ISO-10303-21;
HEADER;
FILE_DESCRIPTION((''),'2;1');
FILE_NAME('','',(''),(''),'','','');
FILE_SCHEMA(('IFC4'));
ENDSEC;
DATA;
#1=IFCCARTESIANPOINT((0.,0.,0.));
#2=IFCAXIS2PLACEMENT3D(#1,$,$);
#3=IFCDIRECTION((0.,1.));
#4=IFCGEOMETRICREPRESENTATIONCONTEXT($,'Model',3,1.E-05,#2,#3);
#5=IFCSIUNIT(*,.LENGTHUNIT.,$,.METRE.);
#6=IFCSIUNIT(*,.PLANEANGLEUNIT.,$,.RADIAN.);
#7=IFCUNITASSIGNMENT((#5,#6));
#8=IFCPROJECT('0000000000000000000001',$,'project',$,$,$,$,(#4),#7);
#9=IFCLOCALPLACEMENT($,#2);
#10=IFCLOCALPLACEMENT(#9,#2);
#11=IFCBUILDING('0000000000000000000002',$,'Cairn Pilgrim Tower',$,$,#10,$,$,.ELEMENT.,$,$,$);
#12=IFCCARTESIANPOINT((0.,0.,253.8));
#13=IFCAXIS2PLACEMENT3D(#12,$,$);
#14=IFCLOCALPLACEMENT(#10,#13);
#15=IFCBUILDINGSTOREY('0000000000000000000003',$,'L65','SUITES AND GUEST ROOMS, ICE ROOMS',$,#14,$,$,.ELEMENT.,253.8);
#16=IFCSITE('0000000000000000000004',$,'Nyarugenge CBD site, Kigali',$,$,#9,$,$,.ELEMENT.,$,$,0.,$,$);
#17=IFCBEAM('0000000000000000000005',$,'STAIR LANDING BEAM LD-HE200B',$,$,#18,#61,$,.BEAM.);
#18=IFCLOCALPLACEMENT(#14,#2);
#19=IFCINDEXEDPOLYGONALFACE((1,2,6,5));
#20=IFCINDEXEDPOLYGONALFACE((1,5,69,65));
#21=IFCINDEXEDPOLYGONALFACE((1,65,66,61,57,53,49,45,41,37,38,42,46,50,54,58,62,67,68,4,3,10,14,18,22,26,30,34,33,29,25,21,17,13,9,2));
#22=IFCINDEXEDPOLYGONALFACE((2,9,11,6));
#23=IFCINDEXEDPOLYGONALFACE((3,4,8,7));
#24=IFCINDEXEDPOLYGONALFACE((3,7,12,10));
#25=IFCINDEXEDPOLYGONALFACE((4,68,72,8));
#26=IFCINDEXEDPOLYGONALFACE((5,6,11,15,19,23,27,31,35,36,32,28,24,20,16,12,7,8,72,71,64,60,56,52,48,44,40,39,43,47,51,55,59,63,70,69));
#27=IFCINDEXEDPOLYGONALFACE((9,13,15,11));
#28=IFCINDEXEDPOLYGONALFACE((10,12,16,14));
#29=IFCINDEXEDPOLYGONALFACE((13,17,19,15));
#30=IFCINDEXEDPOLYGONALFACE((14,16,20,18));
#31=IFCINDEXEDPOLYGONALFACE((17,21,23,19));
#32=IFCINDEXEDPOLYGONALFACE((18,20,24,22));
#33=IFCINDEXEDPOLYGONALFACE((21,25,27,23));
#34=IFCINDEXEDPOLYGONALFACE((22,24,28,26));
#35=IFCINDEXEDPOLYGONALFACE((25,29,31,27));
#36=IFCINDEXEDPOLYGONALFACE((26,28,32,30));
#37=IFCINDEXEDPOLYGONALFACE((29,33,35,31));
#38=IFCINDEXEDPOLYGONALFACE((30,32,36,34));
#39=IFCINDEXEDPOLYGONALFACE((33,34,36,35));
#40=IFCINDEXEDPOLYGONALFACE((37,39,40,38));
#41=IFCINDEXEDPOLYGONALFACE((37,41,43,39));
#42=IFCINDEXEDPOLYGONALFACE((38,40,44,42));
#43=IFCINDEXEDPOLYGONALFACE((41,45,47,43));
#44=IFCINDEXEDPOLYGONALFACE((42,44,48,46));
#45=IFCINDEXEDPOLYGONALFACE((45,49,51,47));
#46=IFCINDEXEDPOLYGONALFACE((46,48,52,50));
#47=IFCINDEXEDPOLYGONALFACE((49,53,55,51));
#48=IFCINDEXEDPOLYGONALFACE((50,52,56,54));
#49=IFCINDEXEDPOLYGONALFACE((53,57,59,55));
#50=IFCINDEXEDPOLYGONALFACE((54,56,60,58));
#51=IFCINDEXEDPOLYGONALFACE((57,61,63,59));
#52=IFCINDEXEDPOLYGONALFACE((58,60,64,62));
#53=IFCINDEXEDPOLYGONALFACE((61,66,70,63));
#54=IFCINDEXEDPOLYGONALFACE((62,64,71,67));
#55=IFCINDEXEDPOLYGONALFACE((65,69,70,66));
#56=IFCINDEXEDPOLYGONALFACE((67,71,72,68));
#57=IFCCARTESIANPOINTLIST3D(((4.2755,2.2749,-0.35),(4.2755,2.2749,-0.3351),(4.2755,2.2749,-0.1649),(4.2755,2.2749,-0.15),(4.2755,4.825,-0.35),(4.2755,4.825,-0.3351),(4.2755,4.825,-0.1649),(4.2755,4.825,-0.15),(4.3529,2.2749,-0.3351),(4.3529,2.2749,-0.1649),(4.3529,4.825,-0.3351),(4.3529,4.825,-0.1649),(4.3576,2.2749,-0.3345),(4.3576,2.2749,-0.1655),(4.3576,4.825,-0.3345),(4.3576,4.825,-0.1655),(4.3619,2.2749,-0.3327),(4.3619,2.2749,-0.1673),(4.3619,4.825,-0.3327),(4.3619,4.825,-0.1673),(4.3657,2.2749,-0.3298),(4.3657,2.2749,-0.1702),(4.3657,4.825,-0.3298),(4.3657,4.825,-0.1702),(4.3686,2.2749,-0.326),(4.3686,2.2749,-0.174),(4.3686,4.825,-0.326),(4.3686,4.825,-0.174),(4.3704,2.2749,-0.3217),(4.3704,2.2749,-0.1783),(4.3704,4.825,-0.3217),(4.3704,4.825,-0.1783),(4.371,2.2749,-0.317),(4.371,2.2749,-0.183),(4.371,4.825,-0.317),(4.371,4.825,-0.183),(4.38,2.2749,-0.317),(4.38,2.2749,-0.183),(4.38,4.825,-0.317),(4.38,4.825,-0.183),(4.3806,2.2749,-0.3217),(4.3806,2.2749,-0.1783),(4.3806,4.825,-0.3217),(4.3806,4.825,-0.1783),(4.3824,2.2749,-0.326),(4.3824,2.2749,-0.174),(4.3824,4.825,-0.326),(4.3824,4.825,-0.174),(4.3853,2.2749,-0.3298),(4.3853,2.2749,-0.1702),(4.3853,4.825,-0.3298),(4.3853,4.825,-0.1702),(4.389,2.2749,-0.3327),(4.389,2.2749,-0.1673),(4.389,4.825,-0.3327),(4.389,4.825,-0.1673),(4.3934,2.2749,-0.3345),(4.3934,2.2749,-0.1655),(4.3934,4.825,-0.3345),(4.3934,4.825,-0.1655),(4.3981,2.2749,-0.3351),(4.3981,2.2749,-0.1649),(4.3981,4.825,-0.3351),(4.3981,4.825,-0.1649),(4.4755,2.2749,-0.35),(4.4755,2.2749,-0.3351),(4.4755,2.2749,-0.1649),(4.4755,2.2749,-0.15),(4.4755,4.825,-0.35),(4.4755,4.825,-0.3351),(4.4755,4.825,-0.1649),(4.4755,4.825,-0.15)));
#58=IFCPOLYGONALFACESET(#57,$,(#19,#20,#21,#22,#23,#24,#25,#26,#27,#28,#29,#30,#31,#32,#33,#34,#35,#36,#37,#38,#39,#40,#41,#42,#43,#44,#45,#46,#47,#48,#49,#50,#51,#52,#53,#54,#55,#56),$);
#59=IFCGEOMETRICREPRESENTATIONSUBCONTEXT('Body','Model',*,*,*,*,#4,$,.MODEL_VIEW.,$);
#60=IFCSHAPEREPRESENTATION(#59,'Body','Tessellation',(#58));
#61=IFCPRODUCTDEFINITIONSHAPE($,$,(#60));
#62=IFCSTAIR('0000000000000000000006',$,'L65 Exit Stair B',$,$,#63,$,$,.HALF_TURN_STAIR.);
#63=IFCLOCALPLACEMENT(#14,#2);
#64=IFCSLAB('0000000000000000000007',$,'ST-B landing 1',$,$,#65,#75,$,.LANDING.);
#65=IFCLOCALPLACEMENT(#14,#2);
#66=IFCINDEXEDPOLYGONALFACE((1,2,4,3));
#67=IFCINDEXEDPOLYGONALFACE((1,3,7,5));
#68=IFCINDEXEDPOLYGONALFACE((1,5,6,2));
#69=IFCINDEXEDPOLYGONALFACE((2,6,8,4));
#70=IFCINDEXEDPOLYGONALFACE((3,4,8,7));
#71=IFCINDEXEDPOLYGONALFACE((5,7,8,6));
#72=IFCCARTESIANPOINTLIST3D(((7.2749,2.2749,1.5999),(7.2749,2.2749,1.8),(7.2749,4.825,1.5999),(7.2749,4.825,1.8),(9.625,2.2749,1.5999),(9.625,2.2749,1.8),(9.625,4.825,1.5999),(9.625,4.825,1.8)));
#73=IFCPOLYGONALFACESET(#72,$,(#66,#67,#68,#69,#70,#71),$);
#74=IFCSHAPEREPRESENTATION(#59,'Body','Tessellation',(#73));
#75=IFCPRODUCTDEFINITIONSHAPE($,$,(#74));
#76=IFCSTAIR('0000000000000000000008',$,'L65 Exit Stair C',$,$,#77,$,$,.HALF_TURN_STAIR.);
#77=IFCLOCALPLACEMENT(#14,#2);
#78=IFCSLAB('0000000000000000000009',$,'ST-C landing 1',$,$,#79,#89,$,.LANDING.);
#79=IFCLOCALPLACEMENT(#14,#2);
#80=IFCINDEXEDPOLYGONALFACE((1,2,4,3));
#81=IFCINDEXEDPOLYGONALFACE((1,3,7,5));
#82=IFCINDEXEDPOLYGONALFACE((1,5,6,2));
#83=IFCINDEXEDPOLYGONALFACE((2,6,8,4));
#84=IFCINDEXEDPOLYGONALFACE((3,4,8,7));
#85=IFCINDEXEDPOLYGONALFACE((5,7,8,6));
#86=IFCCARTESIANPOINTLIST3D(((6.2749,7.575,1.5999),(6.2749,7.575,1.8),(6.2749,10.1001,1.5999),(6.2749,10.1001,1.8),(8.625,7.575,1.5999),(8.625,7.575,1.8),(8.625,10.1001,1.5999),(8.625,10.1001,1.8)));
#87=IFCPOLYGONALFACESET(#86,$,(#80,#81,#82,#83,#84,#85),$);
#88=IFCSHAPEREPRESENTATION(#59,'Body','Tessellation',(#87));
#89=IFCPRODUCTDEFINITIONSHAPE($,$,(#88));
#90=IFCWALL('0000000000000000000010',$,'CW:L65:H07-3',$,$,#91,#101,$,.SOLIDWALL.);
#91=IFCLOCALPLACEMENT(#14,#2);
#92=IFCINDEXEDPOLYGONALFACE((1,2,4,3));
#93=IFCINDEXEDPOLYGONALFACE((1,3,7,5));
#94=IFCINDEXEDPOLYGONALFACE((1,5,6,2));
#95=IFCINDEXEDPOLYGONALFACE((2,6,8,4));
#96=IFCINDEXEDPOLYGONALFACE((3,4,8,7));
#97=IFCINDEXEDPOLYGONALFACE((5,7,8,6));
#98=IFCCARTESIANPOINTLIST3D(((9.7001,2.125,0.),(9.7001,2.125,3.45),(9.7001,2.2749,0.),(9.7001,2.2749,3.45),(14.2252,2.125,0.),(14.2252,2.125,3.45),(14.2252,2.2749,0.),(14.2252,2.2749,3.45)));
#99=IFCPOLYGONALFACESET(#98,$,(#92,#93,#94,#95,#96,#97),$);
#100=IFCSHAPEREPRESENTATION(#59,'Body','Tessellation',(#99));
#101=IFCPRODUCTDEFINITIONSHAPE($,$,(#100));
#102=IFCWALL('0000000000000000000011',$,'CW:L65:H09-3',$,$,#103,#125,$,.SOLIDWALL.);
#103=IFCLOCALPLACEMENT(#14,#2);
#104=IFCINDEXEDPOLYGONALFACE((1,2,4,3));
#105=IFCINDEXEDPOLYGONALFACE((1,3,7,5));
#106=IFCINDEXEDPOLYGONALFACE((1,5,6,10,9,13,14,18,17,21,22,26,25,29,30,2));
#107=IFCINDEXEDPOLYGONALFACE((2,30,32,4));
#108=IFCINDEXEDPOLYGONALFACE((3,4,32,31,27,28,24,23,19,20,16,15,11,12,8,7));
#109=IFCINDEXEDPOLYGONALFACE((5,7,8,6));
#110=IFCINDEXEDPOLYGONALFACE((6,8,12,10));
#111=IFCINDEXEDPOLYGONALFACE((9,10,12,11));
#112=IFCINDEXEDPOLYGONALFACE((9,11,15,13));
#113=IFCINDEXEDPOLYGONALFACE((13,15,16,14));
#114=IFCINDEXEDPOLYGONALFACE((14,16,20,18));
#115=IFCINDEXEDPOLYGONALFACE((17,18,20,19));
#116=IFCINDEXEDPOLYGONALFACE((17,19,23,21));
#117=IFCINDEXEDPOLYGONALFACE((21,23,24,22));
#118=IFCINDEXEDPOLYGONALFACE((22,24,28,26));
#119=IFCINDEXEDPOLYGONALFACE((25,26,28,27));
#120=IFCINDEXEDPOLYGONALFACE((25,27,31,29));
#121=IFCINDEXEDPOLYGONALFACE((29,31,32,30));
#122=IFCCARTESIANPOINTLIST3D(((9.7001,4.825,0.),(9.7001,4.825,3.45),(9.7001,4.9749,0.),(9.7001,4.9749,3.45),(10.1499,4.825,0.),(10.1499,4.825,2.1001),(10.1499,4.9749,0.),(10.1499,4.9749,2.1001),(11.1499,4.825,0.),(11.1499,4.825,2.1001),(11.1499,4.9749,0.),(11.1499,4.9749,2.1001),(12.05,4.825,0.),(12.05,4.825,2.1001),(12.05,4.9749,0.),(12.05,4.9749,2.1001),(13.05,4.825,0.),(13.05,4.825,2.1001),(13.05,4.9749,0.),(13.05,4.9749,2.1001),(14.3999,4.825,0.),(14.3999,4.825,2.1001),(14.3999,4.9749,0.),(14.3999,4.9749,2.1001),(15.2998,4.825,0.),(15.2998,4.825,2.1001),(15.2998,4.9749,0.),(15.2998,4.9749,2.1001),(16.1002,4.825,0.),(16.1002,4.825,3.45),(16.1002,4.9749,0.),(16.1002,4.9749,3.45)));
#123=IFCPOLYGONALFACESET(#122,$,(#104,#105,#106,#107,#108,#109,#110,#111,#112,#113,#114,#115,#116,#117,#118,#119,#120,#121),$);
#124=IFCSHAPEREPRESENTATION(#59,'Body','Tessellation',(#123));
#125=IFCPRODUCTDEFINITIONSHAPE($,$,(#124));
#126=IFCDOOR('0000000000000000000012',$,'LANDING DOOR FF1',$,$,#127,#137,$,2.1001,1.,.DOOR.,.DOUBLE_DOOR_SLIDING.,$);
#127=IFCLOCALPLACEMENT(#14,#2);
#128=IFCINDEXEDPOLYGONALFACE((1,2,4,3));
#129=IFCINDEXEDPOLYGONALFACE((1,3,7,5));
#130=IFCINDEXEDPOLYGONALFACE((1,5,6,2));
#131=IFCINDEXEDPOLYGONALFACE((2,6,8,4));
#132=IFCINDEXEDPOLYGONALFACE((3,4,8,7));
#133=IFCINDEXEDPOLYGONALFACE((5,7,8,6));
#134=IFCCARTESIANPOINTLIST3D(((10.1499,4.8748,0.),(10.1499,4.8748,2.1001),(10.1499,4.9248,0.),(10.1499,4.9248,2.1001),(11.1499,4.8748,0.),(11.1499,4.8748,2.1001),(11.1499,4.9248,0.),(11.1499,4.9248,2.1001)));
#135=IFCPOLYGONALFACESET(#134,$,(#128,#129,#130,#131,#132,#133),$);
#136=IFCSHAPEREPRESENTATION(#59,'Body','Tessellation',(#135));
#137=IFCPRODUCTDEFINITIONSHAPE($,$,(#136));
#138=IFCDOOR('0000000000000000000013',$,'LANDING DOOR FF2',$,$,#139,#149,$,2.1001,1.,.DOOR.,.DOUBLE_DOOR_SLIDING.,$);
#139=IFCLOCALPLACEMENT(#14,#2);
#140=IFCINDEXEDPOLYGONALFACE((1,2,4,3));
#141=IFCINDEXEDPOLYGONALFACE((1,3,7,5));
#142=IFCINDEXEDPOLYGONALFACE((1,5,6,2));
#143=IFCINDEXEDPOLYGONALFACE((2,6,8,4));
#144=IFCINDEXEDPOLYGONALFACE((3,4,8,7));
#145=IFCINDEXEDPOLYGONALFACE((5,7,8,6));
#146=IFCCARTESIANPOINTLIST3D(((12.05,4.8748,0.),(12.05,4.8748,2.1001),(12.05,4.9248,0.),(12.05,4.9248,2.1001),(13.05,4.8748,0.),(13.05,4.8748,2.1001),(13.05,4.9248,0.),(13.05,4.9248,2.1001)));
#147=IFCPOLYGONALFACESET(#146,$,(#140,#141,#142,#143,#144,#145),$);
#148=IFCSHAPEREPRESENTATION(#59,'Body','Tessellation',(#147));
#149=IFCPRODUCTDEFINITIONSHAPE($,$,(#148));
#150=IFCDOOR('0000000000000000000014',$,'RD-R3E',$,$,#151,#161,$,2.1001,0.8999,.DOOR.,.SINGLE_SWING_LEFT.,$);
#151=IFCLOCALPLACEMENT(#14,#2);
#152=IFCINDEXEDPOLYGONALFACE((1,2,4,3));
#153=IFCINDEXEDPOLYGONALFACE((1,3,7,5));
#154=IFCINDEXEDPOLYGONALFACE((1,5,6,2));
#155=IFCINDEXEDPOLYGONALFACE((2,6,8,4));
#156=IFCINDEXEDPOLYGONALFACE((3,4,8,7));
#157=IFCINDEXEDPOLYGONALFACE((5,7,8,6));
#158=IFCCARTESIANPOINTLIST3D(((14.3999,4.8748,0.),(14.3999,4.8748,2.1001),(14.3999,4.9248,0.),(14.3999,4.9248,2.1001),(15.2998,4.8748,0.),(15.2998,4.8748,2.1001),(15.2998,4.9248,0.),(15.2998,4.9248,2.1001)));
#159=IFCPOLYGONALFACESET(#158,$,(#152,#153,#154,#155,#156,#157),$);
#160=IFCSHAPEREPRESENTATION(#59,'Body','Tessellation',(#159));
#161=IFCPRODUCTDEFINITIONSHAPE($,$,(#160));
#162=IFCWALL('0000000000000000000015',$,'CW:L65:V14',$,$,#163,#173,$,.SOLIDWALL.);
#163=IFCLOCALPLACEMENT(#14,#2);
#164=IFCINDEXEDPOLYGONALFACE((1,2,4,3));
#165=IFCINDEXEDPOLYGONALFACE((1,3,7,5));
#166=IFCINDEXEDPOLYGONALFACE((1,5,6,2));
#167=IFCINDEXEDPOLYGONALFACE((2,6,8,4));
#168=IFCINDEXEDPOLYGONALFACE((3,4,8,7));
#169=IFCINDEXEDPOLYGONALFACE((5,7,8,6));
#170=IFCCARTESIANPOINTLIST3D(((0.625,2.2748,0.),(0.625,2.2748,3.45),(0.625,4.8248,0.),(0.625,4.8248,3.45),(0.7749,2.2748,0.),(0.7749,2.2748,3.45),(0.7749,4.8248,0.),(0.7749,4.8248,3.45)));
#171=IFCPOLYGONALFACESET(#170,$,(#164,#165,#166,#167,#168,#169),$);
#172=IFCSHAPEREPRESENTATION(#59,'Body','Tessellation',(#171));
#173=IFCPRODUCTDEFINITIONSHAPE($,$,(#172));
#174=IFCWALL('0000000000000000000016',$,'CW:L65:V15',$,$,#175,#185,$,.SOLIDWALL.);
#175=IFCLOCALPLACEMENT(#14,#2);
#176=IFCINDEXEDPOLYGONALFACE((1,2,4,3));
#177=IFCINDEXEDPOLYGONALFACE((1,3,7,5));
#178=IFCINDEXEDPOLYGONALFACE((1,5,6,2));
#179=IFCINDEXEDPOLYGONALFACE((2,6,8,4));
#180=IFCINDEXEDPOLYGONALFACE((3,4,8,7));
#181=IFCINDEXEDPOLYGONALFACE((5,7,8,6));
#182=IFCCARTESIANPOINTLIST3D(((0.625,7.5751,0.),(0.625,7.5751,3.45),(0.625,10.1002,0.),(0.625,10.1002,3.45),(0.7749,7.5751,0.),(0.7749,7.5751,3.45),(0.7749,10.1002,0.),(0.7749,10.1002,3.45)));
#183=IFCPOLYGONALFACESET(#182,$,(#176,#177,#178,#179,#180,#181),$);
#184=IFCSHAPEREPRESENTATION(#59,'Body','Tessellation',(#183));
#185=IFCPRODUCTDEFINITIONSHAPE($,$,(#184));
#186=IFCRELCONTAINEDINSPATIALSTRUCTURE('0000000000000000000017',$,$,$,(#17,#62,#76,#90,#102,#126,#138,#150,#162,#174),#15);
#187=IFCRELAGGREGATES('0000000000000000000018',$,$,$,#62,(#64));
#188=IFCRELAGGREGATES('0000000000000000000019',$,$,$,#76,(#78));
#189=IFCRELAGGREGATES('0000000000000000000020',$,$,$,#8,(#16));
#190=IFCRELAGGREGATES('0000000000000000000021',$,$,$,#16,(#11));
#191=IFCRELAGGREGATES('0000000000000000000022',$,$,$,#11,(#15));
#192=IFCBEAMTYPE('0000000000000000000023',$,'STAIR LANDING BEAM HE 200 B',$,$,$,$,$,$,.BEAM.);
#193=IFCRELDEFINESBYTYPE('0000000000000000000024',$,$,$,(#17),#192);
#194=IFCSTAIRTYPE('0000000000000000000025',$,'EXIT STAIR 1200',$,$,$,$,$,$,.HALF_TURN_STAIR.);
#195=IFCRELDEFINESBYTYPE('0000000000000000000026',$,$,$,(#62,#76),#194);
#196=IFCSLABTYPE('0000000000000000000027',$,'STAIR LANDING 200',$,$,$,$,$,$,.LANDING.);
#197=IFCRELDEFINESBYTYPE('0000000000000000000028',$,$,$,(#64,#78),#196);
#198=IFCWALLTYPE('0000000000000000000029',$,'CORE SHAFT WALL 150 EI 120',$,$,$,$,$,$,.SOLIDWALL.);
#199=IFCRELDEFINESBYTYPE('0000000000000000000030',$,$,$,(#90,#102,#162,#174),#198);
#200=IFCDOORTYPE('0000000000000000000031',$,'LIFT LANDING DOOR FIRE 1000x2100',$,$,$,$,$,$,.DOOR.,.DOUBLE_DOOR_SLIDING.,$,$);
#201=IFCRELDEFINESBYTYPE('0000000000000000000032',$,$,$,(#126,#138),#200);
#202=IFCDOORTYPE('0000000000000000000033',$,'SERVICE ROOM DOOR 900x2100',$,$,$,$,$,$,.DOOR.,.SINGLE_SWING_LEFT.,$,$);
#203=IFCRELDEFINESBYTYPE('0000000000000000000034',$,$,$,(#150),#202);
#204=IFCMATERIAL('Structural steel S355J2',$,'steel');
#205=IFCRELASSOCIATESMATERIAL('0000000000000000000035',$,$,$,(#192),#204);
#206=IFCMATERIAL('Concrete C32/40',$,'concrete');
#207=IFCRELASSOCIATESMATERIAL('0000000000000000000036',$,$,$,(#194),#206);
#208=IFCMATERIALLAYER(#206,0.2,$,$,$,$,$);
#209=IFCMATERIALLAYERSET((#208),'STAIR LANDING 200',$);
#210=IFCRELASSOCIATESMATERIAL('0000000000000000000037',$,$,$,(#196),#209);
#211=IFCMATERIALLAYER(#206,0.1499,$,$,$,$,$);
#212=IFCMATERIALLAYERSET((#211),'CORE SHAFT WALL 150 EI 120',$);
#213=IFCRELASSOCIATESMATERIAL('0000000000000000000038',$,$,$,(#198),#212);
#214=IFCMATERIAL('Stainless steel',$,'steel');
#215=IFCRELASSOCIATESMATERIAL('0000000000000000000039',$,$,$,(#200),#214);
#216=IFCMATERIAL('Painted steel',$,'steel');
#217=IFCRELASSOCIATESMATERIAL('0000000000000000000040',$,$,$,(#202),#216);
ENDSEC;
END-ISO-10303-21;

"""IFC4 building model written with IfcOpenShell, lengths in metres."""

from ifc_helpers import new_model, si_unit, direction, frame, frame_2d, origin, origin_2d, place, context, subcontext, project, spatial, polyline, rectangle, i_section, outline, extrude, material, layer, layer_set, material_profile, profile_set, type_object, element, fill, aggregate, save


model = new_model("IFC4")

# Units and contexts
model_context = context("Model", 3, precision=1e-05, world=origin(), true_north=direction((0.0, 1.0)))
body_context = subcontext(model_context, "Body", "Model", "MODEL_VIEW")
ifc_project = project(units=[si_unit("LENGTHUNIT", "METRE"), si_unit("PLANEANGLEUNIT", "RADIAN")], contexts=[model_context])

# Site, building, storey
site_placement = place(None, origin())
site = spatial("IfcSite", under=ifc_project, at=site_placement, Name="Nyarugenge CBD site, Kigali", CompositionType="ELEMENT", RefElevation=0.0)
building_placement = place(site_placement, origin())
building = spatial("IfcBuilding", under=site, at=building_placement, Name="Cairn Pilgrim Tower", CompositionType="ELEMENT")
storey_placement = place(building_placement, frame((0.0, 0.0, 253.8)))
storey = spatial("IfcBuildingStorey", under=building, at=storey_placement, Name="L65", Description="SUITES AND GUEST ROOMS, ICE ROOMS", CompositionType="ELEMENT", Elevation=253.8)

# Beam
ifc_material_1 = material(Name="Structural steel S355J2", Category="steel")
ifc_material_profile = material_profile(ifc_material_1, i_section(OverallWidth=0.2, OverallDepth=0.2, WebThickness=0.009, FlangeThickness=0.0149, FilletRadius=0.0181, at=origin_2d()), Name="HE 200 B")
ifc_profile_set = profile_set([ifc_material_profile], Name="Structural steel S355J2")
beam_type = type_object("IfcBeamType", Name="STAIR LANDING BEAM HE 200 B", PredefinedType="BEAM", material=ifc_profile_set)
beam_placement = place(storey_placement, frame((4.3755, 2.2749, -0.25), z_axis=(0.0, 1.0, 0.0), x_axis=(-1.0, 0.0, 0.0)))
element("IfcBeam", 1, at=beam_placement, inside=storey, type_object=beam_type, Name="STAIR LANDING BEAM LD-HE200B", PredefinedType="BEAM", context=body_context, shape_type="SweptSolid", body=[
    extrude(i_section(OverallWidth=0.2, OverallDepth=0.2, WebThickness=0.009, FlangeThickness=0.0149, FilletRadius=0.0181, at=origin_2d()), origin(), (0.0, 0.0, 1.0), 2.55),
])

# Stairs, slabs
ifc_material_2 = material(Name="Concrete C32/40", Category="concrete")
stair_type = type_object("IfcStairType", Name="EXIT STAIR 1200", PredefinedType="HALF_TURN_STAIR", material=ifc_material_2)
stair_1_placement = place(storey_placement, origin())
stair_1 = element("IfcStair", 2, at=stair_1_placement, inside=storey, type_object=stair_type, Name="L65 Exit Stair B", PredefinedType="HALF_TURN_STAIR")
ifc_layer_1 = layer(ifc_material_2, 0.2)
ifc_layer_set_1 = layer_set([ifc_layer_1], Name="STAIR LANDING 200")
slab_type = type_object("IfcSlabType", Name="STAIR LANDING 200", PredefinedType="LANDING", material=ifc_layer_set_1)
slab_1_placement = place(storey_placement, frame((0.0, 0.0, 1.5999)))
slab_1 = element("IfcSlab", 3, at=slab_1_placement, type_object=slab_type, Name="ST-B landing 1", PredefinedType="LANDING", context=body_context, shape_type="SweptSolid", body=[
    extrude(outline(polyline([(7.2749, 2.2749), (9.625, 2.2749), (9.625, 4.825), (7.2749, 4.825), (7.2749, 2.2749)])), origin(), (0.0, 0.0, 1.0), 0.2002),
])
stair_2_placement = place(storey_placement, origin())
stair_2 = element("IfcStair", 4, at=stair_2_placement, inside=storey, type_object=stair_type, Name="L65 Exit Stair C", PredefinedType="HALF_TURN_STAIR")
slab_2_placement = place(storey_placement, frame((0.0, 0.0, 1.5999)))
slab_2 = element("IfcSlab", 5, at=slab_2_placement, type_object=slab_type, Name="ST-C landing 1", PredefinedType="LANDING", context=body_context, shape_type="SweptSolid", body=[
    extrude(outline(polyline([(8.625, 10.1001), (6.2749, 10.1001), (6.2749, 7.575), (8.625, 7.575), (8.625, 10.1001)])), origin(), (0.0, 0.0, 1.0), 0.2002),
])

# Wall
ifc_layer_2 = layer(ifc_material_2, 0.1499)
ifc_layer_set_2 = layer_set([ifc_layer_2], Name="CORE SHAFT WALL 150 EI 120")
wall_type_1 = type_object("IfcWallType", Name="CORE SHAFT WALL 150 EI 120", PredefinedType="SOLIDWALL", material=ifc_layer_set_2)
wall_1_placement = place(storey_placement, frame((9.7, 2.2, 0.0), z_axis=(0.0, 0.0, 1.0), x_axis=(1.0, 0.0, 0.0)))
element("IfcWall", 6, at=wall_1_placement, inside=storey, type_object=wall_type_1, Name="CW:L65:H07-3", PredefinedType="SOLIDWALL", context=body_context, shape_type="SweptSolid", body=[
    extrude(rectangle(XDim=4.5251, YDim=0.1499, at=frame_2d((2.2627, 0.0))), origin(), (0.0, 0.0, 1.0), 3.45),
])

# Wall, openings, doors
wall_2_placement = place(storey_placement, frame((9.7, 4.8999, 0.0), z_axis=(0.0, 0.0, 1.0), x_axis=(1.0, 0.0, 0.0)))
wall_2 = element("IfcWall", 7, at=wall_2_placement, inside=storey, type_object=wall_type_1, Name="CW:L65:H09-3", PredefinedType="SOLIDWALL", context=body_context, shape_type="SweptSolid", body=[
    extrude(rectangle(XDim=6.4001, YDim=0.1499, at=frame_2d((3.2002, 0.0))), origin(), (0.0, 0.0, 1.0), 3.45),
])
opening_1_placement = place(wall_2_placement, frame((0.45, 0.0, 0.0)))
opening_1 = element("IfcOpeningElement", 8, at=opening_1_placement, cuts=wall_2, PredefinedType="OPENING", context=body_context, shape_type="SweptSolid", body=[
    extrude(rectangle(XDim=1.0, YDim=2.1001, at=frame_2d((0.5, 1.05))), frame((0.0, 0.085, 0.0), z_axis=(0.0, -1.0, 0.0), x_axis=(1.0, 0.0, 0.0)), (0.0, 0.0, 1.0), 0.1699),
])
opening_2_placement = place(wall_2_placement, frame((2.3501, 0.0, 0.0)))
opening_2 = element("IfcOpeningElement", 9, at=opening_2_placement, cuts=wall_2, PredefinedType="OPENING", context=body_context, shape_type="SweptSolid", body=[
    extrude(rectangle(XDim=1.0, YDim=2.1001, at=frame_2d((0.5, 1.05))), frame((0.0, 0.085, 0.0), z_axis=(0.0, -1.0, 0.0), x_axis=(1.0, 0.0, 0.0)), (0.0, 0.0, 1.0), 0.1699),
])
opening_3_placement = place(wall_2_placement, frame((4.7, 0.0, 0.0)))
opening_3 = element("IfcOpeningElement", 10, at=opening_3_placement, cuts=wall_2, PredefinedType="OPENING", context=body_context, shape_type="SweptSolid", body=[
    extrude(rectangle(XDim=0.8999, YDim=2.1001, at=frame_2d((0.45, 1.05))), frame((0.0, 0.085, 0.0), z_axis=(0.0, -1.0, 0.0), x_axis=(1.0, 0.0, 0.0)), (0.0, 0.0, 1.0), 0.1699),
])
ifc_material_3 = material(Name="Stainless steel", Category="steel")
door_type_1 = type_object("IfcDoorType", Name="LIFT LANDING DOOR FIRE 1000x2100", OperationType="DOUBLE_DOOR_SLIDING", PredefinedType="DOOR", material=ifc_material_3)
door_1_placement = place(opening_1_placement, origin())
door_1 = element("IfcDoor", 11, at=door_1_placement, inside=storey, type_object=door_type_1, Name="LANDING DOOR FF1", OperationType="DOUBLE_DOOR_SLIDING", OverallHeight=2.1001, OverallWidth=1.0, PredefinedType="DOOR", context=body_context, shape_type="SweptSolid", body=[
    extrude(rectangle(XDim=1.0, YDim=2.1001, at=frame_2d((0.5, 1.05))), frame((0.0, 0.0249, 0.0), z_axis=(0.0, -1.0, 0.0), x_axis=(1.0, 0.0, 0.0)), (0.0, 0.0, 1.0), 0.05),
])
fill(opening_1, door_1)
door_2_placement = place(opening_2_placement, origin())
door_2 = element("IfcDoor", 12, at=door_2_placement, inside=storey, type_object=door_type_1, Name="LANDING DOOR FF2", OperationType="DOUBLE_DOOR_SLIDING", OverallHeight=2.1001, OverallWidth=1.0, PredefinedType="DOOR", context=body_context, shape_type="SweptSolid", body=[
    extrude(rectangle(XDim=1.0, YDim=2.1001, at=frame_2d((0.5, 1.05))), frame((0.0, 0.0249, 0.0), z_axis=(0.0, -1.0, 0.0), x_axis=(1.0, 0.0, 0.0)), (0.0, 0.0, 1.0), 0.05),
])
fill(opening_2, door_2)
ifc_material_4 = material(Name="Painted steel", Category="steel")
door_type_2 = type_object("IfcDoorType", Name="SERVICE ROOM DOOR 900x2100", OperationType="SINGLE_SWING_LEFT", PredefinedType="DOOR", material=ifc_material_4)
door_3_placement = place(opening_3_placement, origin())
door_3 = element("IfcDoor", 13, at=door_3_placement, inside=storey, type_object=door_type_2, Name="RD-R3E", OperationType="SINGLE_SWING_LEFT", OverallHeight=2.1001, OverallWidth=0.8999, PredefinedType="DOOR", context=body_context, shape_type="SweptSolid", body=[
    extrude(rectangle(XDim=0.8999, YDim=2.1001, at=frame_2d((0.45, 1.05))), frame((0.0, 0.0249, 0.0), z_axis=(0.0, -1.0, 0.0), x_axis=(1.0, 0.0, 0.0)), (0.0, 0.0, 1.0), 0.05),
])
fill(opening_3, door_3)

# Walls
wall_3_placement = place(storey_placement, frame((0.7, 2.2749, 0.0), z_axis=(0.0, 0.0, 1.0), x_axis=(0.0, 1.0, 0.0)))
element("IfcWall", 14, at=wall_3_placement, inside=storey, type_object=wall_type_1, Name="CW:L65:V14", PredefinedType="SOLIDWALL", context=body_context, shape_type="SweptSolid", body=[
    extrude(rectangle(XDim=2.55, YDim=0.1499, at=frame_2d((1.2749, 0.0))), origin(), (0.0, 0.0, 1.0), 3.45),
])
wall_4_placement = place(storey_placement, frame((0.7, 7.575, 0.0), z_axis=(0.0, 0.0, 1.0), x_axis=(0.0, 1.0, 0.0)))
element("IfcWall", 15, at=wall_4_placement, inside=storey, type_object=wall_type_1, Name="CW:L65:V15", PredefinedType="SOLIDWALL", context=body_context, shape_type="SweptSolid", body=[
    extrude(rectangle(XDim=2.5251, YDim=0.1499, at=frame_2d((1.2627, 0.0))), origin(), (0.0, 0.0, 1.0), 3.45),
])

aggregate(stair_1, [slab_1])
aggregate(stair_2, [slab_2])

save(model, "model.ifc")
